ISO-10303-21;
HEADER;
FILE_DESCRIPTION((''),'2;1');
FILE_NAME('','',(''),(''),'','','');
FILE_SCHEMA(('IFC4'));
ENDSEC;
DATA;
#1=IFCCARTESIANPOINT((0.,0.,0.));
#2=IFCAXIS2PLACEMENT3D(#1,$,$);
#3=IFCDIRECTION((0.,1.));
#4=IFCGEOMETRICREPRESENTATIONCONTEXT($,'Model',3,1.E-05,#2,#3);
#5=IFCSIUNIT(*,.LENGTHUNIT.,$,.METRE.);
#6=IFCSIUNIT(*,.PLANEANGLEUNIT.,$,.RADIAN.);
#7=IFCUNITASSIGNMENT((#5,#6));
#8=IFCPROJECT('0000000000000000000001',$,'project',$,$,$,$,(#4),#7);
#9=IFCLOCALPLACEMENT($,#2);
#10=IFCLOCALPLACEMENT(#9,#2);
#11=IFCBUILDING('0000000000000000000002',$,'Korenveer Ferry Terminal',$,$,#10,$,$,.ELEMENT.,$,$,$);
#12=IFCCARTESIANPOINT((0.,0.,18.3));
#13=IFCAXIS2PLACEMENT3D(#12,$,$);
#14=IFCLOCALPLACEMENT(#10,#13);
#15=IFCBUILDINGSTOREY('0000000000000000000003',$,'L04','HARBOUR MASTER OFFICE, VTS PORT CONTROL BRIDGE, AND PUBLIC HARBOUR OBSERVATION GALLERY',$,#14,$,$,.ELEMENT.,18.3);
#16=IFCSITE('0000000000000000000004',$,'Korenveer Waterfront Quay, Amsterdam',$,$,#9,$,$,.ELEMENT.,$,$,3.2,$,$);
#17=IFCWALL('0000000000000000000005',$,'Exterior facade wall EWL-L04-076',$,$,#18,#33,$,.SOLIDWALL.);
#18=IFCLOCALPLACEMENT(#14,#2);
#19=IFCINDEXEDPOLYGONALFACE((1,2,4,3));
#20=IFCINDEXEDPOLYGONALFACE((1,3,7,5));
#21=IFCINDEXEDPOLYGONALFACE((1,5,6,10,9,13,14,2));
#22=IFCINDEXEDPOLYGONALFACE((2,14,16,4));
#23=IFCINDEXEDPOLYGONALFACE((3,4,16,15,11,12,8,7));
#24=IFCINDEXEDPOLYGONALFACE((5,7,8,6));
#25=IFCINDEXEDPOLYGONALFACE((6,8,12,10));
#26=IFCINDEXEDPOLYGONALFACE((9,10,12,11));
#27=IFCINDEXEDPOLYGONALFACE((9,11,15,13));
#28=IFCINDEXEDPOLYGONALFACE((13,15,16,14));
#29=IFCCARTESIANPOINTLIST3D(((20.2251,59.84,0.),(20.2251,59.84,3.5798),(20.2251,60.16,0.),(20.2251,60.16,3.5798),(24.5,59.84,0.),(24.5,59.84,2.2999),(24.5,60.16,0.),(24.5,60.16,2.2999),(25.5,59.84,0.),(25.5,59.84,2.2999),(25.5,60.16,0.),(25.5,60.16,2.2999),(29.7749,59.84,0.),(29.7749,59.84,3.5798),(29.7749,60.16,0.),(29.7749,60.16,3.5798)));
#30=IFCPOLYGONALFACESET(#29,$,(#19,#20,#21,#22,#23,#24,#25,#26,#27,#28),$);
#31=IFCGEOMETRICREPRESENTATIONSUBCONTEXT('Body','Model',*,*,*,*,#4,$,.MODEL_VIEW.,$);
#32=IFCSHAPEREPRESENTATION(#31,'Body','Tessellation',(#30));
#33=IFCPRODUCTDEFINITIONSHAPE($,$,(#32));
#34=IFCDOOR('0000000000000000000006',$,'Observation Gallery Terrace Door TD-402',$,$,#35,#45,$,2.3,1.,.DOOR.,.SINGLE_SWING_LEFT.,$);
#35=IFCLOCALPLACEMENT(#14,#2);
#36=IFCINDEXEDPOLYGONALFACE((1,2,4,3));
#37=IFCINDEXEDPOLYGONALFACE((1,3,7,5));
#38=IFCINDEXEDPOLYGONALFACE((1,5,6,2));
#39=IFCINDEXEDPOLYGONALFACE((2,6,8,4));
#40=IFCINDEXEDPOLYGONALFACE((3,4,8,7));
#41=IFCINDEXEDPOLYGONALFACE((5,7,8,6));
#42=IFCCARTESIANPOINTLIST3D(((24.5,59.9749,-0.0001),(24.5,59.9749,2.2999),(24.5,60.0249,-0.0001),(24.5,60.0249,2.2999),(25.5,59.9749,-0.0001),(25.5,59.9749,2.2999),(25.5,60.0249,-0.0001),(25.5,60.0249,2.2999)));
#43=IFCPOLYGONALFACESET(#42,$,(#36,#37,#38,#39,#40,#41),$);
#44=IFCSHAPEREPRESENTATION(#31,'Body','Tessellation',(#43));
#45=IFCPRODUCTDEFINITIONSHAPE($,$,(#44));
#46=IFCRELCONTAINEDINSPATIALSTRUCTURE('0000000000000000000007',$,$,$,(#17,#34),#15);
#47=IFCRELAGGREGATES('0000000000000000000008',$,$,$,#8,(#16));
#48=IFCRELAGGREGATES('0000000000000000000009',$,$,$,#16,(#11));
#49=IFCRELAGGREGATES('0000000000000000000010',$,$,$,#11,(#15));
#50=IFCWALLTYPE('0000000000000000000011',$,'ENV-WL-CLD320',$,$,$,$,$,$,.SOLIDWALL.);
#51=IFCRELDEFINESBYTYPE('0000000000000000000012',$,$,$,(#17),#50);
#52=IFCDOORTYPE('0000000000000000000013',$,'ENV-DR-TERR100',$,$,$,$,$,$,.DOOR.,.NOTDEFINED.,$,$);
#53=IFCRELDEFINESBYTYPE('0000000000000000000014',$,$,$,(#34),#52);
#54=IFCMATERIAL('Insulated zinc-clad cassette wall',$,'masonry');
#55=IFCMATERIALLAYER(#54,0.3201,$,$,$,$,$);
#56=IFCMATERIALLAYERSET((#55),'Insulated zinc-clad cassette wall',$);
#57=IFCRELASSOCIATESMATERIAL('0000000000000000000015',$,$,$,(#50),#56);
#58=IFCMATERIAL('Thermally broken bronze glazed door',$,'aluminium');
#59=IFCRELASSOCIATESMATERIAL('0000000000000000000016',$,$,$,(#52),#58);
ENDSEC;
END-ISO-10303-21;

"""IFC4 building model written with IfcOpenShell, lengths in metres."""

from ifc_helpers import new_model, si_unit, direction, frame, frame_2d, origin, place, context, subcontext, project, spatial, rectangle, extrude, material, layer, layer_set, type_object, element, fill, save


model = new_model("IFC4")

# Units and contexts
model_context = context("Model", 3, precision=1e-05, world=origin(), true_north=direction((0.0, 1.0)))
body_context = subcontext(model_context, "Body", "Model", "MODEL_VIEW")
ifc_project = project(units=[si_unit("LENGTHUNIT", "METRE"), si_unit("PLANEANGLEUNIT", "RADIAN")], contexts=[model_context])

# Site, building, storey
site_placement = place(None, origin())
site = spatial("IfcSite", under=ifc_project, at=site_placement, Name="Korenveer Waterfront Quay, Amsterdam", CompositionType="ELEMENT", RefElevation=3.2)
building_placement = place(site_placement, origin())
building = spatial("IfcBuilding", under=site, at=building_placement, Name="Korenveer Ferry Terminal", CompositionType="ELEMENT")
storey_placement = place(building_placement, frame((0.0, 0.0, 18.3)))
storey = spatial("IfcBuildingStorey", under=building, at=storey_placement, Name="L04", Description="HARBOUR MASTER OFFICE, VTS PORT CONTROL BRIDGE, AND PUBLIC HARBOUR OBSERVATION GALLERY", CompositionType="ELEMENT", Elevation=18.3)

# Wall, opening, door
ifc_material_1 = material(Name="Insulated zinc-clad cassette wall", Category="masonry")
ifc_layer_1 = layer(ifc_material_1, 0.3201)
ifc_layer_set_1 = layer_set([ifc_layer_1], Name="Insulated zinc-clad cassette wall")
wall_type = type_object("IfcWallType", Name="ENV-WL-CLD320", PredefinedType="SOLIDWALL", material=ifc_layer_set_1)
wall_placement = place(storey_placement, frame((20.2251, 60.0, 0.0), z_axis=(0.0, 0.0, 1.0), x_axis=(1.0, 0.0, 0.0)))
wall = element("IfcWall", 1, at=wall_placement, inside=storey, type_object=wall_type, Name="Exterior facade wall EWL-L04-076", PredefinedType="SOLIDWALL", context=body_context, shape_type="SweptSolid", body=[
    extrude(rectangle(XDim=9.5498, YDim=0.3201, at=frame_2d((4.7749, 0.0))), origin(), (0.0, 0.0, 1.0), 3.5798),
])
opening_placement = place(wall_placement, frame((4.2749, 0.0, 0.0)))
opening = element("IfcOpeningElement", 2, at=opening_placement, cuts=wall, PredefinedType="OPENING", context=body_context, shape_type="SweptSolid", body=[
    extrude(rectangle(XDim=1.0, YDim=2.3, at=frame_2d((0.5, 1.1499))), frame((0.0, 0.1699, 0.0), z_axis=(0.0, -1.0, 0.0), x_axis=(1.0, 0.0, 0.0)), (0.0, 0.0, 1.0), 0.3401),
])
ifc_material_2 = material(Name="Thermally broken bronze glazed door", Category="aluminium")
door_type = type_object("IfcDoorType", Name="ENV-DR-TERR100", OperationType="NOTDEFINED", PredefinedType="DOOR", material=ifc_material_2)
door_placement = place(opening_placement, origin())
door = element("IfcDoor", 3, at=door_placement, inside=storey, type_object=door_type, Name="Observation Gallery Terrace Door TD-402", OperationType="SINGLE_SWING_LEFT", OverallHeight=2.3, OverallWidth=1.0, PredefinedType="DOOR", context=body_context, shape_type="SweptSolid", body=[
    extrude(rectangle(XDim=1.0, YDim=2.3, at=frame_2d((0.5, 1.1499))), frame((0.0, 0.0249, 0.0), z_axis=(0.0, -1.0, 0.0), x_axis=(1.0, 0.0, 0.0)), (0.0, 0.0, 1.0), 0.05),
])
fill(opening, door)

save(model, "model.ifc")
